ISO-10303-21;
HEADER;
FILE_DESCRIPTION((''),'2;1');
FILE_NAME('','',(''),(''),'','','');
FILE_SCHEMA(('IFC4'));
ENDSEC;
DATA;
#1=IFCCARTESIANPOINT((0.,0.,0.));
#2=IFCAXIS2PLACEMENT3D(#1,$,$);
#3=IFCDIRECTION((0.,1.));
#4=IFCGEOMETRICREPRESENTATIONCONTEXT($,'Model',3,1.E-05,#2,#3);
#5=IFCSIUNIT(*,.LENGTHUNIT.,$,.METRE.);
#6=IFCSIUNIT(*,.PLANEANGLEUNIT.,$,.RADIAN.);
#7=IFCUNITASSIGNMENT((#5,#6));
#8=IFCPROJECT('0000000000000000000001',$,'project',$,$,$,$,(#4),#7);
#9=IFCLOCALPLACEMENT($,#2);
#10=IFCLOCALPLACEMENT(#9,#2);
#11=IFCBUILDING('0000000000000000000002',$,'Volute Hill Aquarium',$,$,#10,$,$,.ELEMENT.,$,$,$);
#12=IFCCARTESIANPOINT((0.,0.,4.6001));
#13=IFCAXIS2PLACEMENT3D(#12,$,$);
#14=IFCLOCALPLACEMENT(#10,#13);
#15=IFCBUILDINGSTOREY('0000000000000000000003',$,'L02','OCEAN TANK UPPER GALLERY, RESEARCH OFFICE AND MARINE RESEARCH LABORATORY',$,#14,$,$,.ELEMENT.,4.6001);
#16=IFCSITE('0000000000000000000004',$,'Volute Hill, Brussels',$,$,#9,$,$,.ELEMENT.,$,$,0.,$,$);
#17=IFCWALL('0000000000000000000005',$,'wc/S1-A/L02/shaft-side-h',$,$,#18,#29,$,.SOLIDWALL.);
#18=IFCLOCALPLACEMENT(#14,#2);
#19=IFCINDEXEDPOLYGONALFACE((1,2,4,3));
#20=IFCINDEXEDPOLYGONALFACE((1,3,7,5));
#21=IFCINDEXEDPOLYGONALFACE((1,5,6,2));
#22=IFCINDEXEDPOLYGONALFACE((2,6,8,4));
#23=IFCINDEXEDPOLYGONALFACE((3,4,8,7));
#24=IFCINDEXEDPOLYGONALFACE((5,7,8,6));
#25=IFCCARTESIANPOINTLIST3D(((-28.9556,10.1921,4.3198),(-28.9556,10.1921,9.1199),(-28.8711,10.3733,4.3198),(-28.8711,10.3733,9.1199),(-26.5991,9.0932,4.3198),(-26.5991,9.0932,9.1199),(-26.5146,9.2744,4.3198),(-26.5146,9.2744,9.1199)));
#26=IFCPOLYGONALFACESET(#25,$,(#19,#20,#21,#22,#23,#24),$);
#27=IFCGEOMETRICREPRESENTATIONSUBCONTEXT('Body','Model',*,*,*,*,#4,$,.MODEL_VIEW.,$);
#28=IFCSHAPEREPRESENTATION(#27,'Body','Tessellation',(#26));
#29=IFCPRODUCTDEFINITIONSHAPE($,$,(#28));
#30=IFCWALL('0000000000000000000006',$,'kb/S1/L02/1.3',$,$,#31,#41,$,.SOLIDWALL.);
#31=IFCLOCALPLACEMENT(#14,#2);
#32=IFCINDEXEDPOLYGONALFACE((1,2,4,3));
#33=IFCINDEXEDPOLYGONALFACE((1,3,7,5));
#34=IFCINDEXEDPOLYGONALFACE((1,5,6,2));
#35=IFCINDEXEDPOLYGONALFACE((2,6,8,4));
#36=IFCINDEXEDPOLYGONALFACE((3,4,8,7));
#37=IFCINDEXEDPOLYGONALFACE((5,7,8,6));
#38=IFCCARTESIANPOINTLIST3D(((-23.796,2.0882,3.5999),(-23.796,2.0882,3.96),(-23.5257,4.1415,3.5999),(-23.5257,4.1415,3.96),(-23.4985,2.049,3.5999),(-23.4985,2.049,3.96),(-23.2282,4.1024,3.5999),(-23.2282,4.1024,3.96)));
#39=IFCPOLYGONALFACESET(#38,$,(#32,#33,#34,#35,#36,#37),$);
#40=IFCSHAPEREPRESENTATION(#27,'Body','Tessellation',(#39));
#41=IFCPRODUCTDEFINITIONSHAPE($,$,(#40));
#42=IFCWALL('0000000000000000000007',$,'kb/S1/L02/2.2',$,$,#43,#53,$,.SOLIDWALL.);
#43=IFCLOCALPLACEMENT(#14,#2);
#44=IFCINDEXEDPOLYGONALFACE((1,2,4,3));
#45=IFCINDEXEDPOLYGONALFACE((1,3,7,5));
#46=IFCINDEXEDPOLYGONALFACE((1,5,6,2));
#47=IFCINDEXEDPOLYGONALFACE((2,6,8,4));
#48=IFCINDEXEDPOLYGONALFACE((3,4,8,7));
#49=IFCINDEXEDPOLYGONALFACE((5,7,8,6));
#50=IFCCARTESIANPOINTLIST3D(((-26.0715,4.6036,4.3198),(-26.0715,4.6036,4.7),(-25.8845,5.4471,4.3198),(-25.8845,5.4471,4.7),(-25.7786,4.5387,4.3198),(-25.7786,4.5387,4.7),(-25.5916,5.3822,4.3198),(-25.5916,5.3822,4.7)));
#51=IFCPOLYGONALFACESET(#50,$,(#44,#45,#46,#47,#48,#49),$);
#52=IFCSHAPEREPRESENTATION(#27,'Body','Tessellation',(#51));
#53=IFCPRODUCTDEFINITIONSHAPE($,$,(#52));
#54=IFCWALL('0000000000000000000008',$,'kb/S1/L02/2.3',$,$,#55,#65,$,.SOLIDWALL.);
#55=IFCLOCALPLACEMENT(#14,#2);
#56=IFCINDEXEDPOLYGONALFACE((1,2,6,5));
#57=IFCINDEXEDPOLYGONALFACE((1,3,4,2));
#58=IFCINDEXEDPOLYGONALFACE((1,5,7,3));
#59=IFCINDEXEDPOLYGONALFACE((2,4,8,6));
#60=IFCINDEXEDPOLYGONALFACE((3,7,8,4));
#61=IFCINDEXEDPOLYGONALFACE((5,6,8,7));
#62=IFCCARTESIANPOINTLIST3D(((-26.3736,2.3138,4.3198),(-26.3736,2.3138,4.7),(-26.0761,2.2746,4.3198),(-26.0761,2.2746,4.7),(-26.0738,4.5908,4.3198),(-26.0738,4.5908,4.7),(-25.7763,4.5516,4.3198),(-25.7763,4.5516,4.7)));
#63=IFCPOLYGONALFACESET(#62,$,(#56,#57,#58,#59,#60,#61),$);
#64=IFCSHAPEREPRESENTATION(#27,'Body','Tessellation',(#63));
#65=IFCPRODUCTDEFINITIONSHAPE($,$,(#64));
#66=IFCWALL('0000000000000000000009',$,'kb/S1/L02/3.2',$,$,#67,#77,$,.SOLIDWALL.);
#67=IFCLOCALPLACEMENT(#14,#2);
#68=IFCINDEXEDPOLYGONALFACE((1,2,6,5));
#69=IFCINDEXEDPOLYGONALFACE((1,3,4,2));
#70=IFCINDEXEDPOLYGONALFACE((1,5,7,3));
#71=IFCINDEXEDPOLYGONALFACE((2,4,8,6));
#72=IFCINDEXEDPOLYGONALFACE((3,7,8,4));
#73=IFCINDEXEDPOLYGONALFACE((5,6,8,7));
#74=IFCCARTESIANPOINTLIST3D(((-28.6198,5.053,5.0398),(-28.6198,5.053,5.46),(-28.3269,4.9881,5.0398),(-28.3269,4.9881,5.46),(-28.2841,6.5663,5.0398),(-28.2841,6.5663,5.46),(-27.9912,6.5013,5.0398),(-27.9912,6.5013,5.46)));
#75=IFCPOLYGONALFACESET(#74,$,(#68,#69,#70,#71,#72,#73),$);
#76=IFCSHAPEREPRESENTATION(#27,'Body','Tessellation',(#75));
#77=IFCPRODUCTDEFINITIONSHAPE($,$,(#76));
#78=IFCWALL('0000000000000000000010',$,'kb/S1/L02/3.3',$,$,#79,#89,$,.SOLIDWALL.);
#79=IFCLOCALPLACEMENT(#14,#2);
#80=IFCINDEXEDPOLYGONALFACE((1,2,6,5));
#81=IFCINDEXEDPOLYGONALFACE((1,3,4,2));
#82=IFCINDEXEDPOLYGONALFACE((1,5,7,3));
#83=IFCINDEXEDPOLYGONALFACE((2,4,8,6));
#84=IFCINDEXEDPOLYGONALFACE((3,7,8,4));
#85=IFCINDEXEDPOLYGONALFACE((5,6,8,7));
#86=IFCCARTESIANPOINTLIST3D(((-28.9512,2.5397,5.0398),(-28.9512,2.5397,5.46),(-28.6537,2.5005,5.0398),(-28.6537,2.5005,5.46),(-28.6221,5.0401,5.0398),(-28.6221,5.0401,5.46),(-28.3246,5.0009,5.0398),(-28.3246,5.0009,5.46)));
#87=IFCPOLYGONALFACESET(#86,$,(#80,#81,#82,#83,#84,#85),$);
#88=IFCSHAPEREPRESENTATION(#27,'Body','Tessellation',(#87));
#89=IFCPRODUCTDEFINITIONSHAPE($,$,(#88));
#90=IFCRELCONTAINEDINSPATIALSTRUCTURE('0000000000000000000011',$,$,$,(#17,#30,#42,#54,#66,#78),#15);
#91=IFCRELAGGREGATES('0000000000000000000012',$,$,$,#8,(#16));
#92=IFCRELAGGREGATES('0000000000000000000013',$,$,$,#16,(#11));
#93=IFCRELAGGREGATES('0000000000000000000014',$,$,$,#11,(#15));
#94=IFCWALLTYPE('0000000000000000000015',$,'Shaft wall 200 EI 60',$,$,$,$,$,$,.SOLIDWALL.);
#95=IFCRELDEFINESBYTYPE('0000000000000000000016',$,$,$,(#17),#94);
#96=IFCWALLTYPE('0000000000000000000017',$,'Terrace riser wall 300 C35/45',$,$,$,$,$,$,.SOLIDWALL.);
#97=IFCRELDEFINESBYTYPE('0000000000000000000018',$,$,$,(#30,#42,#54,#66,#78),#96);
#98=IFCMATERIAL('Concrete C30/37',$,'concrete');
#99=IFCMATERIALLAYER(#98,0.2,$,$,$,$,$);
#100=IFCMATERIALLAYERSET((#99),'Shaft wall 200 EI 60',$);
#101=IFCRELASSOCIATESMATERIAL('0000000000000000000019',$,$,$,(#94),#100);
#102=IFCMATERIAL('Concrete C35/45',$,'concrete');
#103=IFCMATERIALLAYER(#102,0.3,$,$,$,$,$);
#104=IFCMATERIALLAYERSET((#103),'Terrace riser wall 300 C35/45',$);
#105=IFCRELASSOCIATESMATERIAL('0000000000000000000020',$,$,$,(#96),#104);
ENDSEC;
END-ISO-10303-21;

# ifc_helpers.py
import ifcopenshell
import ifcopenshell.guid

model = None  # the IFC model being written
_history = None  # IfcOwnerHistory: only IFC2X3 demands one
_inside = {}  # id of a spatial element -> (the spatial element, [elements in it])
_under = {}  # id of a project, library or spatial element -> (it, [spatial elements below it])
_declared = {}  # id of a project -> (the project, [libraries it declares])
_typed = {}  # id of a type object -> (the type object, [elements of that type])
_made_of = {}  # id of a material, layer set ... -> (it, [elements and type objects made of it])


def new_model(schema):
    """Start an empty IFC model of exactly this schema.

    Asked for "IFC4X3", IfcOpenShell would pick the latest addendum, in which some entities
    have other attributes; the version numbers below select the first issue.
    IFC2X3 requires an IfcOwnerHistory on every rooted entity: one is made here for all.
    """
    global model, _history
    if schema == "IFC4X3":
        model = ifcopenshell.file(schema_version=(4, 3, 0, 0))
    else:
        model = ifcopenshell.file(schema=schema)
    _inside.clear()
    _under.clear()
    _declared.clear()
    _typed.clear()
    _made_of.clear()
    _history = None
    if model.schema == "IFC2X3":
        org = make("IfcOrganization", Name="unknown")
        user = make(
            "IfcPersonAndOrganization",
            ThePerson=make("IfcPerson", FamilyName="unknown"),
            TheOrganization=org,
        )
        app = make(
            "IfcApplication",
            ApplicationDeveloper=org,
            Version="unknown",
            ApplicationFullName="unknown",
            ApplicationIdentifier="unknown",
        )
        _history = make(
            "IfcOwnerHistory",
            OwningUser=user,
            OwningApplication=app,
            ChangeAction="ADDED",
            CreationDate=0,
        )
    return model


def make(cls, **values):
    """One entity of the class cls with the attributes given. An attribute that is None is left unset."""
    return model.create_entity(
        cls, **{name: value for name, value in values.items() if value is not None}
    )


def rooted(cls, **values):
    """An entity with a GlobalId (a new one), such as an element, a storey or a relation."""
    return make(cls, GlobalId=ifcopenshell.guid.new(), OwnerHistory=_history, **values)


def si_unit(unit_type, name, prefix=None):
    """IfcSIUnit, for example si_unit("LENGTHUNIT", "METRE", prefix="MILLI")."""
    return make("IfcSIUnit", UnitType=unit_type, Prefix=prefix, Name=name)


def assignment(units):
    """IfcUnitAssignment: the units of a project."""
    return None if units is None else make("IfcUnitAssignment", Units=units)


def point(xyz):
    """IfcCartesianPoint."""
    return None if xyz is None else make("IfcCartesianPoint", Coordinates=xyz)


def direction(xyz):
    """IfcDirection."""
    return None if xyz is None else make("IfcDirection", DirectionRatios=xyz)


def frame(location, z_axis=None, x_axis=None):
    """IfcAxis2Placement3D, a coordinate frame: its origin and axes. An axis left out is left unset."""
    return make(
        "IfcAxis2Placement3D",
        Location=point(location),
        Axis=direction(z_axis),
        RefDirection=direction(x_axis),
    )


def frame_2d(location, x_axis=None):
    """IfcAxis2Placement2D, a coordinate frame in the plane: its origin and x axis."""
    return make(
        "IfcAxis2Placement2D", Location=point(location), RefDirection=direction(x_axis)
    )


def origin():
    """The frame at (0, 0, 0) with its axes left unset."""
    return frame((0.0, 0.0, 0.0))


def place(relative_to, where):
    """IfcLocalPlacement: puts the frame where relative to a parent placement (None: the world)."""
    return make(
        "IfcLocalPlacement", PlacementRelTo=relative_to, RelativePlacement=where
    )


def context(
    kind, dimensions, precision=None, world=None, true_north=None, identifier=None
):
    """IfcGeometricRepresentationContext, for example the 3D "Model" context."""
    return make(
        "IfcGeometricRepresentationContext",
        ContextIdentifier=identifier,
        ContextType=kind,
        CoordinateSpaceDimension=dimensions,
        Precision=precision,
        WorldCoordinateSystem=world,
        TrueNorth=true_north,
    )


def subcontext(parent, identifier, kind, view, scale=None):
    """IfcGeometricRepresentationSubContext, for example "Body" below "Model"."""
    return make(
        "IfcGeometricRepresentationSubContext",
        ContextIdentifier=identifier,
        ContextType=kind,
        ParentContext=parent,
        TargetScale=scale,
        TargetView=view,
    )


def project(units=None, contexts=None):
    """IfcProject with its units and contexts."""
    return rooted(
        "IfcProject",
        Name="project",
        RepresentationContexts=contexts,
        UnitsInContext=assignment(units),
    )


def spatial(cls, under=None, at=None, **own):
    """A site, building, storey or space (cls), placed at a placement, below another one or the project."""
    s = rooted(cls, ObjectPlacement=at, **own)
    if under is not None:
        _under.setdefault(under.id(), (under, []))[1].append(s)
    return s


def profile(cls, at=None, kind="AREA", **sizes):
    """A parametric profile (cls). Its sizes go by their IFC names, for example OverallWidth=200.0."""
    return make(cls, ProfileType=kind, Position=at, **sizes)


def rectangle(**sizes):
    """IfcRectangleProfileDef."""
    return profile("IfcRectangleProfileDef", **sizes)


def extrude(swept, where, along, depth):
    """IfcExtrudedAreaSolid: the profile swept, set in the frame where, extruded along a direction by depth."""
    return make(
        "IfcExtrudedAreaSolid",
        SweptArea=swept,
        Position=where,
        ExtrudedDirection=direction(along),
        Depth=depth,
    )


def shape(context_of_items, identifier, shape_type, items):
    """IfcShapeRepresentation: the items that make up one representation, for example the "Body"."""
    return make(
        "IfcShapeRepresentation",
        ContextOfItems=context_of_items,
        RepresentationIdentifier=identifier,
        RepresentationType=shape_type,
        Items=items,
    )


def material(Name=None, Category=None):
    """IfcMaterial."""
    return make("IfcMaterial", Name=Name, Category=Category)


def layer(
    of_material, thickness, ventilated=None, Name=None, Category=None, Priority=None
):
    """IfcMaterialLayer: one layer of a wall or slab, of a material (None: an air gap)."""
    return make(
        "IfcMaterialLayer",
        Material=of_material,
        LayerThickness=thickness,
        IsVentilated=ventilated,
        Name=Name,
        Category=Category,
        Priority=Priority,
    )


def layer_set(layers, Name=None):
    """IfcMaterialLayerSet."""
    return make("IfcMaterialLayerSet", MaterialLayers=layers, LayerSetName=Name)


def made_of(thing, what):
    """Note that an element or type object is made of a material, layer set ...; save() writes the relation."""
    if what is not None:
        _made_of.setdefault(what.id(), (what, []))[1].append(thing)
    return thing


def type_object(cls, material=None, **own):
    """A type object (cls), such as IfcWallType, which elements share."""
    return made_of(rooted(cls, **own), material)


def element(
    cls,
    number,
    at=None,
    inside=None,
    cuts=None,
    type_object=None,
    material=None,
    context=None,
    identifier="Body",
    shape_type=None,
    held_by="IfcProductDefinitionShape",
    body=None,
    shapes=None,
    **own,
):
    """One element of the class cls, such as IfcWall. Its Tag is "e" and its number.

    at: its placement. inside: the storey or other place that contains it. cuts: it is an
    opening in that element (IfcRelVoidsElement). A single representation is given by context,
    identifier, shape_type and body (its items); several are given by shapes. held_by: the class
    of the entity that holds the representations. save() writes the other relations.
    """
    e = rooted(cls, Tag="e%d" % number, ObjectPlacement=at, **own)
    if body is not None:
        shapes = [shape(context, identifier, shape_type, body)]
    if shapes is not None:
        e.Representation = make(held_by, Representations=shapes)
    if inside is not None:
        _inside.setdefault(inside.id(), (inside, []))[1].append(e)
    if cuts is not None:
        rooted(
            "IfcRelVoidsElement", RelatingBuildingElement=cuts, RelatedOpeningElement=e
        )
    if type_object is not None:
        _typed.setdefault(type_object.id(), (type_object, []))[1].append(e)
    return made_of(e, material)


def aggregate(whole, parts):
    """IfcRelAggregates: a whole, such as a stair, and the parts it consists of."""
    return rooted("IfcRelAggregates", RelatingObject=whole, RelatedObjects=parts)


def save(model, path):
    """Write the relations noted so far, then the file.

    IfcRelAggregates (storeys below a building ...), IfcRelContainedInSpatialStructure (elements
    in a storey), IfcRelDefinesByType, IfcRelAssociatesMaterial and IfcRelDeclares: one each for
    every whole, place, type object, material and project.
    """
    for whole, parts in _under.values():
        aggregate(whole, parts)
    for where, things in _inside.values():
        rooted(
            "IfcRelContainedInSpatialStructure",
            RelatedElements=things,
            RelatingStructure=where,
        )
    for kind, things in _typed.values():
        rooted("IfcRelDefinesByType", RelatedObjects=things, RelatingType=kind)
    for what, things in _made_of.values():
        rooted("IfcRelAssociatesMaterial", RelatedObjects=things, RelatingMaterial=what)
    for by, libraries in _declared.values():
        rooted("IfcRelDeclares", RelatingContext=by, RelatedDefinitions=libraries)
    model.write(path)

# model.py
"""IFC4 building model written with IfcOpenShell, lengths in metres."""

from ifc_helpers import new_model, si_unit, direction, frame, frame_2d, origin, place, context, subcontext, project, spatial, rectangle, extrude, material, layer, layer_set, type_object, element, save


model = new_model("IFC4")

# Units and contexts
model_context = context("Model", 3, precision=1e-05, world=origin(), true_north=direction((0.0, 1.0)))
body_context = subcontext(model_context, "Body", "Model", "MODEL_VIEW")
ifc_project = project(units=[si_unit("LENGTHUNIT", "METRE"), si_unit("PLANEANGLEUNIT", "RADIAN")], contexts=[model_context])

# Site, building, storey
site_placement = place(None, origin())
site = spatial("IfcSite", under=ifc_project, at=site_placement, Name="Volute Hill, Brussels", CompositionType="ELEMENT", RefElevation=0.0)
building_placement = place(site_placement, origin())
building = spatial("IfcBuilding", under=site, at=building_placement, Name="Volute Hill Aquarium", CompositionType="ELEMENT")
storey_placement = place(building_placement, frame((0.0, 0.0, 4.6001)))
storey = spatial("IfcBuildingStorey", under=building, at=storey_placement, Name="L02", Description="OCEAN TANK UPPER GALLERY, RESEARCH OFFICE AND MARINE RESEARCH LABORATORY", CompositionType="ELEMENT", Elevation=4.6001)

# Walls
ifc_material_1 = material(Name="Concrete C30/37", Category="concrete")
ifc_layer_1 = layer(ifc_material_1, 0.2)
ifc_layer_set_1 = layer_set([ifc_layer_1], Name="Shaft wall 200 EI 60")
wall_type_1 = type_object("IfcWallType", Name="Shaft wall 200 EI 60", PredefinedType="SOLIDWALL", material=ifc_layer_set_1)
wall_1_placement = place(storey_placement, frame((-26.5569, 9.1838, 4.3198), z_axis=(0.0, 0.0, 1.0), x_axis=(-0.906301, 0.422634, 0.0)))
element("IfcWall", 1, at=wall_1_placement, inside=storey, type_object=wall_type_1, Name="wc/S1-A/L02/shaft-side-h", PredefinedType="SOLIDWALL", context=body_context, shape_type="SweptSolid", body=[
    extrude(rectangle(XDim=2.6001, YDim=0.2, at=frame_2d((1.3, 0.0))), origin(), (0.0, 0.0, 1.0), 4.8),
])
ifc_material_2 = material(Name="Concrete C35/45", Category="concrete")
ifc_layer_2 = layer(ifc_material_2, 0.3)
ifc_layer_set_2 = layer_set([ifc_layer_2], Name="Terrace riser wall 300 C35/45")
wall_type_2 = type_object("IfcWallType", Name="Terrace riser wall 300 C35/45", PredefinedType="SOLIDWALL", material=ifc_layer_set_2)
wall_2_placement = place(storey_placement, frame((-23.377, 4.1221, 3.5999), z_axis=(0.0, 0.0, 1.0), x_axis=(-0.130503, -0.991448, 0.0)))
element("IfcWall", 2, at=wall_2_placement, inside=storey, type_object=wall_type_2, Name="kb/S1/L02/1.3", PredefinedType="SOLIDWALL", context=body_context, shape_type="SweptSolid", body=[
    extrude(rectangle(XDim=2.071, YDim=0.3, at=frame_2d((1.0356, 0.0))), origin(), (0.0, 0.0, 1.0), 0.3601),
])
wall_3_placement = place(storey_placement, frame((-25.738, 5.4148, 4.3198), z_axis=(0.0, 0.0, 1.0), x_axis=(-0.216452, -0.976293, 0.0)))
element("IfcWall", 3, at=wall_3_placement, inside=storey, type_object=wall_type_2, Name="kb/S1/L02/2.2", PredefinedType="SOLIDWALL", context=body_context, shape_type="SweptSolid", body=[
    extrude(rectangle(XDim=0.864, YDim=0.3, at=frame_2d((0.4321, 0.0))), origin(), (0.0, 0.0, 1.0), 0.3801),
])
wall_4_placement = place(storey_placement, frame((-25.925, 4.5713, 4.3198), z_axis=(0.0, 0.0, 1.0), x_axis=(-0.130548, -0.991442, 0.0)))
element("IfcWall", 4, at=wall_4_placement, inside=storey, type_object=wall_type_2, Name="kb/S1/L02/2.3", PredefinedType="SOLIDWALL", context=body_context, shape_type="SweptSolid", body=[
    extrude(rectangle(XDim=2.2966, YDim=0.3, at=frame_2d((1.1484, 0.0))), origin(), (0.0, 0.0, 1.0), 0.3801),
])
wall_5_placement = place(storey_placement, frame((-28.1377, 6.5337, 5.0398), z_axis=(0.0, 0.0, 1.0), x_axis=(-0.21658, -0.976265, 0.0)))
element("IfcWall", 5, at=wall_5_placement, inside=storey, type_object=wall_type_2, Name="kb/S1/L02/3.2", PredefinedType="SOLIDWALL", context=body_context, shape_type="SweptSolid", body=[
    extrude(rectangle(XDim=1.55, YDim=0.3, at=frame_2d((0.7749, 0.0))), origin(), (0.0, 0.0, 1.0), 0.4202),
])
wall_6_placement = place(storey_placement, frame((-28.4734, 5.0205, 5.0398), z_axis=(0.0, 0.0, 1.0), x_axis=(-0.13049, -0.99145, 0.0)))
element("IfcWall", 6, at=wall_6_placement, inside=storey, type_object=wall_type_2, Name="kb/S1/L02/3.3", PredefinedType="SOLIDWALL", context=body_context, shape_type="SweptSolid", body=[
    extrude(rectangle(XDim=2.522, YDim=0.3, at=frame_2d((1.261, 0.0))), origin(), (0.0, 0.0, 1.0), 0.4202),
])

save(model, "model.ifc")
